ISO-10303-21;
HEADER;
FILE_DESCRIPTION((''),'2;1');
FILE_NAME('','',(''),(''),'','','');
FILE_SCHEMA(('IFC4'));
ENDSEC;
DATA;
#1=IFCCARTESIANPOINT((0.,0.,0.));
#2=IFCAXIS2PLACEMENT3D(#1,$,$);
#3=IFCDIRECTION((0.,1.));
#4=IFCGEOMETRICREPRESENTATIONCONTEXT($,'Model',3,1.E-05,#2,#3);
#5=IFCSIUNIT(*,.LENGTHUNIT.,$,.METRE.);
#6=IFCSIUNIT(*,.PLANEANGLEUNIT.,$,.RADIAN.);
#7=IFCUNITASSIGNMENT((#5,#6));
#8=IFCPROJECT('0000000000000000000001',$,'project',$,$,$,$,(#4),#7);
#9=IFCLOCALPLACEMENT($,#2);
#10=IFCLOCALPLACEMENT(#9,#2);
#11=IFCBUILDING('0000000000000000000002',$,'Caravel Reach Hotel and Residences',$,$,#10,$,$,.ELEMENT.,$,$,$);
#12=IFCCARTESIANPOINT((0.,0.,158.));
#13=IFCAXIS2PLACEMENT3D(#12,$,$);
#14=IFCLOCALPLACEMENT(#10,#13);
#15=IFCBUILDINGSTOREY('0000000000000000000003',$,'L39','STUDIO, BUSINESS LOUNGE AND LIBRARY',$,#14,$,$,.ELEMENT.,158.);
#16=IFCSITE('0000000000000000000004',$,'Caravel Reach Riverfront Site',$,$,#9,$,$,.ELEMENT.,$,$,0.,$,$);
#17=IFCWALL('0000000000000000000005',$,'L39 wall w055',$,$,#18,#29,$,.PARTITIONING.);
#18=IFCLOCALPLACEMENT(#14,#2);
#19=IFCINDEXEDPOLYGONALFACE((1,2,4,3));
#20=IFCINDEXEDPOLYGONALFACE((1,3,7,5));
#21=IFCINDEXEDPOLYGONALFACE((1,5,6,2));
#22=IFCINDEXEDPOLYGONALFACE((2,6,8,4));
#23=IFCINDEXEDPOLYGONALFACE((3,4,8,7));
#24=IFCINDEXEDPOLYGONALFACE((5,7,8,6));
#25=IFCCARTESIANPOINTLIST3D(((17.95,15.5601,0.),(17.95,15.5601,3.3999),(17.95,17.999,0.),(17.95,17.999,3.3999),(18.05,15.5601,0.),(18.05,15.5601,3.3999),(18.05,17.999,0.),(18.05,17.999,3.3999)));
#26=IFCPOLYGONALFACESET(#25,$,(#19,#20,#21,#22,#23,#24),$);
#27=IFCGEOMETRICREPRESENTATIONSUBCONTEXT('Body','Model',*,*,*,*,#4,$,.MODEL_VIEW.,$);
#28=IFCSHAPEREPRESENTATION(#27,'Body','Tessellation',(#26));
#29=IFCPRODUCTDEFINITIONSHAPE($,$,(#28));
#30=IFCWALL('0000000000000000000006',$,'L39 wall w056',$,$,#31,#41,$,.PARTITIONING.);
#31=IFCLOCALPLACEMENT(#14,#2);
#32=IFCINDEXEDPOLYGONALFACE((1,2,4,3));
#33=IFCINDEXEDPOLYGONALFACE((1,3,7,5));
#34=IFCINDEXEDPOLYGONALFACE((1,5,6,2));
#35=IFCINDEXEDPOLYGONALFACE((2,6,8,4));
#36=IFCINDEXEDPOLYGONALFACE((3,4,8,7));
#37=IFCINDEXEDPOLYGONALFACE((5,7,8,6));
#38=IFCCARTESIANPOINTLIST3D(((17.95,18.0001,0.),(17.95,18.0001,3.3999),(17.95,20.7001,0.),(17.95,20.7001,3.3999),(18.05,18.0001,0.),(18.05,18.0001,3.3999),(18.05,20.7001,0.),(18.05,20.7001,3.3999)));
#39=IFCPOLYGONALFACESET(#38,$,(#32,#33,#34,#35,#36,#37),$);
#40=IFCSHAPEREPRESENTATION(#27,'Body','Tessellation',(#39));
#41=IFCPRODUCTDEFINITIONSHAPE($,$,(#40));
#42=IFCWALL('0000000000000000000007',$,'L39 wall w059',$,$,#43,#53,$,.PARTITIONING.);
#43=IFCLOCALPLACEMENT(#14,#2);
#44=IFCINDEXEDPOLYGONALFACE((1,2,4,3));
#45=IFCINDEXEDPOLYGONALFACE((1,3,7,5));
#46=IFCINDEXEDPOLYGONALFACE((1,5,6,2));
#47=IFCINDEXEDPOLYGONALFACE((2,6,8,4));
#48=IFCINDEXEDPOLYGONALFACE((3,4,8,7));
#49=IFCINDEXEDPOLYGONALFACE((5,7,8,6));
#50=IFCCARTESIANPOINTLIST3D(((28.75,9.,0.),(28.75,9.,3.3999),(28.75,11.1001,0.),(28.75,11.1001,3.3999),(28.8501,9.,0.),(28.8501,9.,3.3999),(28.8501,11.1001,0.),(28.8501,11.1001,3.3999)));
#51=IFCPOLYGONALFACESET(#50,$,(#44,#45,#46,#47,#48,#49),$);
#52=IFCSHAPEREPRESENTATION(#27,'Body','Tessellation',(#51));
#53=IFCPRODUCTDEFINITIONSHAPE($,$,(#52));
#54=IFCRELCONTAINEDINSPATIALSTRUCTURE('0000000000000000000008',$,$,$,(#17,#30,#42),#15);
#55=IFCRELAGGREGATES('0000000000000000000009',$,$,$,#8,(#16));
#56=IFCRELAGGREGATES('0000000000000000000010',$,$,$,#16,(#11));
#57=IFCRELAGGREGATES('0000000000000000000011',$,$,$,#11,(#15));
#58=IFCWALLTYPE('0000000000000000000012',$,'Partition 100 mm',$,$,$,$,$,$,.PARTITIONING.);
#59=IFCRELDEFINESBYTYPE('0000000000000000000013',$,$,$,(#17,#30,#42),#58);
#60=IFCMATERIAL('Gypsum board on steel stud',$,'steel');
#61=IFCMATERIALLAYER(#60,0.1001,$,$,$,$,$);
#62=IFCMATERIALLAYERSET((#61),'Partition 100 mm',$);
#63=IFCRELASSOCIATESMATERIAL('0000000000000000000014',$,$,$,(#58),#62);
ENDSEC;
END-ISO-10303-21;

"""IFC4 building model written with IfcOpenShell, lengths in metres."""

from ifc_helpers import new_model, si_unit, direction, frame, frame_2d, origin, place, context, subcontext, project, spatial, rectangle, extrude, material, layer, layer_set, type_object, element, save


model = new_model("IFC4")

# Units and contexts
model_context = context("Model", 3, precision=1e-05, world=origin(), true_north=direction((0.0, 1.0)))
body_context = subcontext(model_context, "Body", "Model", "MODEL_VIEW")
ifc_project = project(units=[si_unit("LENGTHUNIT", "METRE"), si_unit("PLANEANGLEUNIT", "RADIAN")], contexts=[model_context])

# Site, building, storey
site_placement = place(None, origin())
site = spatial("IfcSite", under=ifc_project, at=site_placement, Name="Caravel Reach Riverfront Site", CompositionType="ELEMENT", RefElevation=0.0)
building_placement = place(site_placement, origin())
building = spatial("IfcBuilding", under=site, at=building_placement, Name="Caravel Reach Hotel and Residences", CompositionType="ELEMENT")
storey_placement = place(building_placement, frame((0.0, 0.0, 158.0)))
storey = spatial("IfcBuildingStorey", under=building, at=storey_placement, Name="L39", Description="STUDIO, BUSINESS LOUNGE AND LIBRARY", CompositionType="ELEMENT", Elevation=158.0)

# Walls
ifc_material_1 = material(Name="Gypsum board on steel stud", Category="steel")
ifc_layer_1 = layer(ifc_material_1, 0.1001)
ifc_layer_set_1 = layer_set([ifc_layer_1], Name="Partition 100 mm")
wall_type_1 = type_object("IfcWallType", Name="Partition 100 mm", PredefinedType="PARTITIONING", material=ifc_layer_set_1)
wall_1_placement = place(storey_placement, frame((18.0, 15.5601, 0.0), z_axis=(0.0, 0.0, 1.0), x_axis=(0.0, 1.0, 0.0)))
element("IfcWall", 1, at=wall_1_placement, inside=storey, type_object=wall_type_1, Name="L39 wall w055", PredefinedType="PARTITIONING", context=body_context, shape_type="SweptSolid", body=[
    extrude(rectangle(XDim=2.439, YDim=0.1001, at=frame_2d((1.2195, 0.0))), origin(), (0.0, 0.0, 1.0), 3.3999),
])
wall_2_placement = place(storey_placement, frame((18.0, 18.0, 0.0), z_axis=(0.0, 0.0, 1.0), x_axis=(0.0, 1.0, 0.0)))
element("IfcWall", 2, at=wall_2_placement, inside=storey, type_object=wall_type_1, Name="L39 wall w056", PredefinedType="PARTITIONING", context=body_context, shape_type="SweptSolid", body=[
    extrude(rectangle(XDim=2.7, YDim=0.1001, at=frame_2d((1.3501, 0.0))), origin(), (0.0, 0.0, 1.0), 3.3999),
])
wall_3_placement = place(storey_placement, frame((28.8, 9.0, 0.0), z_axis=(0.0, 0.0, 1.0), x_axis=(0.0, 1.0, 0.0)))
element("IfcWall", 3, at=wall_3_placement, inside=storey, type_object=wall_type_1, Name="L39 wall w059", PredefinedType="PARTITIONING", context=body_context, shape_type="SweptSolid", body=[
    extrude(rectangle(XDim=2.1001, YDim=0.1001, at=frame_2d((1.05, 0.0))), origin(), (0.0, 0.0, 1.0), 3.3999),
])

save(model, "model.ifc")
